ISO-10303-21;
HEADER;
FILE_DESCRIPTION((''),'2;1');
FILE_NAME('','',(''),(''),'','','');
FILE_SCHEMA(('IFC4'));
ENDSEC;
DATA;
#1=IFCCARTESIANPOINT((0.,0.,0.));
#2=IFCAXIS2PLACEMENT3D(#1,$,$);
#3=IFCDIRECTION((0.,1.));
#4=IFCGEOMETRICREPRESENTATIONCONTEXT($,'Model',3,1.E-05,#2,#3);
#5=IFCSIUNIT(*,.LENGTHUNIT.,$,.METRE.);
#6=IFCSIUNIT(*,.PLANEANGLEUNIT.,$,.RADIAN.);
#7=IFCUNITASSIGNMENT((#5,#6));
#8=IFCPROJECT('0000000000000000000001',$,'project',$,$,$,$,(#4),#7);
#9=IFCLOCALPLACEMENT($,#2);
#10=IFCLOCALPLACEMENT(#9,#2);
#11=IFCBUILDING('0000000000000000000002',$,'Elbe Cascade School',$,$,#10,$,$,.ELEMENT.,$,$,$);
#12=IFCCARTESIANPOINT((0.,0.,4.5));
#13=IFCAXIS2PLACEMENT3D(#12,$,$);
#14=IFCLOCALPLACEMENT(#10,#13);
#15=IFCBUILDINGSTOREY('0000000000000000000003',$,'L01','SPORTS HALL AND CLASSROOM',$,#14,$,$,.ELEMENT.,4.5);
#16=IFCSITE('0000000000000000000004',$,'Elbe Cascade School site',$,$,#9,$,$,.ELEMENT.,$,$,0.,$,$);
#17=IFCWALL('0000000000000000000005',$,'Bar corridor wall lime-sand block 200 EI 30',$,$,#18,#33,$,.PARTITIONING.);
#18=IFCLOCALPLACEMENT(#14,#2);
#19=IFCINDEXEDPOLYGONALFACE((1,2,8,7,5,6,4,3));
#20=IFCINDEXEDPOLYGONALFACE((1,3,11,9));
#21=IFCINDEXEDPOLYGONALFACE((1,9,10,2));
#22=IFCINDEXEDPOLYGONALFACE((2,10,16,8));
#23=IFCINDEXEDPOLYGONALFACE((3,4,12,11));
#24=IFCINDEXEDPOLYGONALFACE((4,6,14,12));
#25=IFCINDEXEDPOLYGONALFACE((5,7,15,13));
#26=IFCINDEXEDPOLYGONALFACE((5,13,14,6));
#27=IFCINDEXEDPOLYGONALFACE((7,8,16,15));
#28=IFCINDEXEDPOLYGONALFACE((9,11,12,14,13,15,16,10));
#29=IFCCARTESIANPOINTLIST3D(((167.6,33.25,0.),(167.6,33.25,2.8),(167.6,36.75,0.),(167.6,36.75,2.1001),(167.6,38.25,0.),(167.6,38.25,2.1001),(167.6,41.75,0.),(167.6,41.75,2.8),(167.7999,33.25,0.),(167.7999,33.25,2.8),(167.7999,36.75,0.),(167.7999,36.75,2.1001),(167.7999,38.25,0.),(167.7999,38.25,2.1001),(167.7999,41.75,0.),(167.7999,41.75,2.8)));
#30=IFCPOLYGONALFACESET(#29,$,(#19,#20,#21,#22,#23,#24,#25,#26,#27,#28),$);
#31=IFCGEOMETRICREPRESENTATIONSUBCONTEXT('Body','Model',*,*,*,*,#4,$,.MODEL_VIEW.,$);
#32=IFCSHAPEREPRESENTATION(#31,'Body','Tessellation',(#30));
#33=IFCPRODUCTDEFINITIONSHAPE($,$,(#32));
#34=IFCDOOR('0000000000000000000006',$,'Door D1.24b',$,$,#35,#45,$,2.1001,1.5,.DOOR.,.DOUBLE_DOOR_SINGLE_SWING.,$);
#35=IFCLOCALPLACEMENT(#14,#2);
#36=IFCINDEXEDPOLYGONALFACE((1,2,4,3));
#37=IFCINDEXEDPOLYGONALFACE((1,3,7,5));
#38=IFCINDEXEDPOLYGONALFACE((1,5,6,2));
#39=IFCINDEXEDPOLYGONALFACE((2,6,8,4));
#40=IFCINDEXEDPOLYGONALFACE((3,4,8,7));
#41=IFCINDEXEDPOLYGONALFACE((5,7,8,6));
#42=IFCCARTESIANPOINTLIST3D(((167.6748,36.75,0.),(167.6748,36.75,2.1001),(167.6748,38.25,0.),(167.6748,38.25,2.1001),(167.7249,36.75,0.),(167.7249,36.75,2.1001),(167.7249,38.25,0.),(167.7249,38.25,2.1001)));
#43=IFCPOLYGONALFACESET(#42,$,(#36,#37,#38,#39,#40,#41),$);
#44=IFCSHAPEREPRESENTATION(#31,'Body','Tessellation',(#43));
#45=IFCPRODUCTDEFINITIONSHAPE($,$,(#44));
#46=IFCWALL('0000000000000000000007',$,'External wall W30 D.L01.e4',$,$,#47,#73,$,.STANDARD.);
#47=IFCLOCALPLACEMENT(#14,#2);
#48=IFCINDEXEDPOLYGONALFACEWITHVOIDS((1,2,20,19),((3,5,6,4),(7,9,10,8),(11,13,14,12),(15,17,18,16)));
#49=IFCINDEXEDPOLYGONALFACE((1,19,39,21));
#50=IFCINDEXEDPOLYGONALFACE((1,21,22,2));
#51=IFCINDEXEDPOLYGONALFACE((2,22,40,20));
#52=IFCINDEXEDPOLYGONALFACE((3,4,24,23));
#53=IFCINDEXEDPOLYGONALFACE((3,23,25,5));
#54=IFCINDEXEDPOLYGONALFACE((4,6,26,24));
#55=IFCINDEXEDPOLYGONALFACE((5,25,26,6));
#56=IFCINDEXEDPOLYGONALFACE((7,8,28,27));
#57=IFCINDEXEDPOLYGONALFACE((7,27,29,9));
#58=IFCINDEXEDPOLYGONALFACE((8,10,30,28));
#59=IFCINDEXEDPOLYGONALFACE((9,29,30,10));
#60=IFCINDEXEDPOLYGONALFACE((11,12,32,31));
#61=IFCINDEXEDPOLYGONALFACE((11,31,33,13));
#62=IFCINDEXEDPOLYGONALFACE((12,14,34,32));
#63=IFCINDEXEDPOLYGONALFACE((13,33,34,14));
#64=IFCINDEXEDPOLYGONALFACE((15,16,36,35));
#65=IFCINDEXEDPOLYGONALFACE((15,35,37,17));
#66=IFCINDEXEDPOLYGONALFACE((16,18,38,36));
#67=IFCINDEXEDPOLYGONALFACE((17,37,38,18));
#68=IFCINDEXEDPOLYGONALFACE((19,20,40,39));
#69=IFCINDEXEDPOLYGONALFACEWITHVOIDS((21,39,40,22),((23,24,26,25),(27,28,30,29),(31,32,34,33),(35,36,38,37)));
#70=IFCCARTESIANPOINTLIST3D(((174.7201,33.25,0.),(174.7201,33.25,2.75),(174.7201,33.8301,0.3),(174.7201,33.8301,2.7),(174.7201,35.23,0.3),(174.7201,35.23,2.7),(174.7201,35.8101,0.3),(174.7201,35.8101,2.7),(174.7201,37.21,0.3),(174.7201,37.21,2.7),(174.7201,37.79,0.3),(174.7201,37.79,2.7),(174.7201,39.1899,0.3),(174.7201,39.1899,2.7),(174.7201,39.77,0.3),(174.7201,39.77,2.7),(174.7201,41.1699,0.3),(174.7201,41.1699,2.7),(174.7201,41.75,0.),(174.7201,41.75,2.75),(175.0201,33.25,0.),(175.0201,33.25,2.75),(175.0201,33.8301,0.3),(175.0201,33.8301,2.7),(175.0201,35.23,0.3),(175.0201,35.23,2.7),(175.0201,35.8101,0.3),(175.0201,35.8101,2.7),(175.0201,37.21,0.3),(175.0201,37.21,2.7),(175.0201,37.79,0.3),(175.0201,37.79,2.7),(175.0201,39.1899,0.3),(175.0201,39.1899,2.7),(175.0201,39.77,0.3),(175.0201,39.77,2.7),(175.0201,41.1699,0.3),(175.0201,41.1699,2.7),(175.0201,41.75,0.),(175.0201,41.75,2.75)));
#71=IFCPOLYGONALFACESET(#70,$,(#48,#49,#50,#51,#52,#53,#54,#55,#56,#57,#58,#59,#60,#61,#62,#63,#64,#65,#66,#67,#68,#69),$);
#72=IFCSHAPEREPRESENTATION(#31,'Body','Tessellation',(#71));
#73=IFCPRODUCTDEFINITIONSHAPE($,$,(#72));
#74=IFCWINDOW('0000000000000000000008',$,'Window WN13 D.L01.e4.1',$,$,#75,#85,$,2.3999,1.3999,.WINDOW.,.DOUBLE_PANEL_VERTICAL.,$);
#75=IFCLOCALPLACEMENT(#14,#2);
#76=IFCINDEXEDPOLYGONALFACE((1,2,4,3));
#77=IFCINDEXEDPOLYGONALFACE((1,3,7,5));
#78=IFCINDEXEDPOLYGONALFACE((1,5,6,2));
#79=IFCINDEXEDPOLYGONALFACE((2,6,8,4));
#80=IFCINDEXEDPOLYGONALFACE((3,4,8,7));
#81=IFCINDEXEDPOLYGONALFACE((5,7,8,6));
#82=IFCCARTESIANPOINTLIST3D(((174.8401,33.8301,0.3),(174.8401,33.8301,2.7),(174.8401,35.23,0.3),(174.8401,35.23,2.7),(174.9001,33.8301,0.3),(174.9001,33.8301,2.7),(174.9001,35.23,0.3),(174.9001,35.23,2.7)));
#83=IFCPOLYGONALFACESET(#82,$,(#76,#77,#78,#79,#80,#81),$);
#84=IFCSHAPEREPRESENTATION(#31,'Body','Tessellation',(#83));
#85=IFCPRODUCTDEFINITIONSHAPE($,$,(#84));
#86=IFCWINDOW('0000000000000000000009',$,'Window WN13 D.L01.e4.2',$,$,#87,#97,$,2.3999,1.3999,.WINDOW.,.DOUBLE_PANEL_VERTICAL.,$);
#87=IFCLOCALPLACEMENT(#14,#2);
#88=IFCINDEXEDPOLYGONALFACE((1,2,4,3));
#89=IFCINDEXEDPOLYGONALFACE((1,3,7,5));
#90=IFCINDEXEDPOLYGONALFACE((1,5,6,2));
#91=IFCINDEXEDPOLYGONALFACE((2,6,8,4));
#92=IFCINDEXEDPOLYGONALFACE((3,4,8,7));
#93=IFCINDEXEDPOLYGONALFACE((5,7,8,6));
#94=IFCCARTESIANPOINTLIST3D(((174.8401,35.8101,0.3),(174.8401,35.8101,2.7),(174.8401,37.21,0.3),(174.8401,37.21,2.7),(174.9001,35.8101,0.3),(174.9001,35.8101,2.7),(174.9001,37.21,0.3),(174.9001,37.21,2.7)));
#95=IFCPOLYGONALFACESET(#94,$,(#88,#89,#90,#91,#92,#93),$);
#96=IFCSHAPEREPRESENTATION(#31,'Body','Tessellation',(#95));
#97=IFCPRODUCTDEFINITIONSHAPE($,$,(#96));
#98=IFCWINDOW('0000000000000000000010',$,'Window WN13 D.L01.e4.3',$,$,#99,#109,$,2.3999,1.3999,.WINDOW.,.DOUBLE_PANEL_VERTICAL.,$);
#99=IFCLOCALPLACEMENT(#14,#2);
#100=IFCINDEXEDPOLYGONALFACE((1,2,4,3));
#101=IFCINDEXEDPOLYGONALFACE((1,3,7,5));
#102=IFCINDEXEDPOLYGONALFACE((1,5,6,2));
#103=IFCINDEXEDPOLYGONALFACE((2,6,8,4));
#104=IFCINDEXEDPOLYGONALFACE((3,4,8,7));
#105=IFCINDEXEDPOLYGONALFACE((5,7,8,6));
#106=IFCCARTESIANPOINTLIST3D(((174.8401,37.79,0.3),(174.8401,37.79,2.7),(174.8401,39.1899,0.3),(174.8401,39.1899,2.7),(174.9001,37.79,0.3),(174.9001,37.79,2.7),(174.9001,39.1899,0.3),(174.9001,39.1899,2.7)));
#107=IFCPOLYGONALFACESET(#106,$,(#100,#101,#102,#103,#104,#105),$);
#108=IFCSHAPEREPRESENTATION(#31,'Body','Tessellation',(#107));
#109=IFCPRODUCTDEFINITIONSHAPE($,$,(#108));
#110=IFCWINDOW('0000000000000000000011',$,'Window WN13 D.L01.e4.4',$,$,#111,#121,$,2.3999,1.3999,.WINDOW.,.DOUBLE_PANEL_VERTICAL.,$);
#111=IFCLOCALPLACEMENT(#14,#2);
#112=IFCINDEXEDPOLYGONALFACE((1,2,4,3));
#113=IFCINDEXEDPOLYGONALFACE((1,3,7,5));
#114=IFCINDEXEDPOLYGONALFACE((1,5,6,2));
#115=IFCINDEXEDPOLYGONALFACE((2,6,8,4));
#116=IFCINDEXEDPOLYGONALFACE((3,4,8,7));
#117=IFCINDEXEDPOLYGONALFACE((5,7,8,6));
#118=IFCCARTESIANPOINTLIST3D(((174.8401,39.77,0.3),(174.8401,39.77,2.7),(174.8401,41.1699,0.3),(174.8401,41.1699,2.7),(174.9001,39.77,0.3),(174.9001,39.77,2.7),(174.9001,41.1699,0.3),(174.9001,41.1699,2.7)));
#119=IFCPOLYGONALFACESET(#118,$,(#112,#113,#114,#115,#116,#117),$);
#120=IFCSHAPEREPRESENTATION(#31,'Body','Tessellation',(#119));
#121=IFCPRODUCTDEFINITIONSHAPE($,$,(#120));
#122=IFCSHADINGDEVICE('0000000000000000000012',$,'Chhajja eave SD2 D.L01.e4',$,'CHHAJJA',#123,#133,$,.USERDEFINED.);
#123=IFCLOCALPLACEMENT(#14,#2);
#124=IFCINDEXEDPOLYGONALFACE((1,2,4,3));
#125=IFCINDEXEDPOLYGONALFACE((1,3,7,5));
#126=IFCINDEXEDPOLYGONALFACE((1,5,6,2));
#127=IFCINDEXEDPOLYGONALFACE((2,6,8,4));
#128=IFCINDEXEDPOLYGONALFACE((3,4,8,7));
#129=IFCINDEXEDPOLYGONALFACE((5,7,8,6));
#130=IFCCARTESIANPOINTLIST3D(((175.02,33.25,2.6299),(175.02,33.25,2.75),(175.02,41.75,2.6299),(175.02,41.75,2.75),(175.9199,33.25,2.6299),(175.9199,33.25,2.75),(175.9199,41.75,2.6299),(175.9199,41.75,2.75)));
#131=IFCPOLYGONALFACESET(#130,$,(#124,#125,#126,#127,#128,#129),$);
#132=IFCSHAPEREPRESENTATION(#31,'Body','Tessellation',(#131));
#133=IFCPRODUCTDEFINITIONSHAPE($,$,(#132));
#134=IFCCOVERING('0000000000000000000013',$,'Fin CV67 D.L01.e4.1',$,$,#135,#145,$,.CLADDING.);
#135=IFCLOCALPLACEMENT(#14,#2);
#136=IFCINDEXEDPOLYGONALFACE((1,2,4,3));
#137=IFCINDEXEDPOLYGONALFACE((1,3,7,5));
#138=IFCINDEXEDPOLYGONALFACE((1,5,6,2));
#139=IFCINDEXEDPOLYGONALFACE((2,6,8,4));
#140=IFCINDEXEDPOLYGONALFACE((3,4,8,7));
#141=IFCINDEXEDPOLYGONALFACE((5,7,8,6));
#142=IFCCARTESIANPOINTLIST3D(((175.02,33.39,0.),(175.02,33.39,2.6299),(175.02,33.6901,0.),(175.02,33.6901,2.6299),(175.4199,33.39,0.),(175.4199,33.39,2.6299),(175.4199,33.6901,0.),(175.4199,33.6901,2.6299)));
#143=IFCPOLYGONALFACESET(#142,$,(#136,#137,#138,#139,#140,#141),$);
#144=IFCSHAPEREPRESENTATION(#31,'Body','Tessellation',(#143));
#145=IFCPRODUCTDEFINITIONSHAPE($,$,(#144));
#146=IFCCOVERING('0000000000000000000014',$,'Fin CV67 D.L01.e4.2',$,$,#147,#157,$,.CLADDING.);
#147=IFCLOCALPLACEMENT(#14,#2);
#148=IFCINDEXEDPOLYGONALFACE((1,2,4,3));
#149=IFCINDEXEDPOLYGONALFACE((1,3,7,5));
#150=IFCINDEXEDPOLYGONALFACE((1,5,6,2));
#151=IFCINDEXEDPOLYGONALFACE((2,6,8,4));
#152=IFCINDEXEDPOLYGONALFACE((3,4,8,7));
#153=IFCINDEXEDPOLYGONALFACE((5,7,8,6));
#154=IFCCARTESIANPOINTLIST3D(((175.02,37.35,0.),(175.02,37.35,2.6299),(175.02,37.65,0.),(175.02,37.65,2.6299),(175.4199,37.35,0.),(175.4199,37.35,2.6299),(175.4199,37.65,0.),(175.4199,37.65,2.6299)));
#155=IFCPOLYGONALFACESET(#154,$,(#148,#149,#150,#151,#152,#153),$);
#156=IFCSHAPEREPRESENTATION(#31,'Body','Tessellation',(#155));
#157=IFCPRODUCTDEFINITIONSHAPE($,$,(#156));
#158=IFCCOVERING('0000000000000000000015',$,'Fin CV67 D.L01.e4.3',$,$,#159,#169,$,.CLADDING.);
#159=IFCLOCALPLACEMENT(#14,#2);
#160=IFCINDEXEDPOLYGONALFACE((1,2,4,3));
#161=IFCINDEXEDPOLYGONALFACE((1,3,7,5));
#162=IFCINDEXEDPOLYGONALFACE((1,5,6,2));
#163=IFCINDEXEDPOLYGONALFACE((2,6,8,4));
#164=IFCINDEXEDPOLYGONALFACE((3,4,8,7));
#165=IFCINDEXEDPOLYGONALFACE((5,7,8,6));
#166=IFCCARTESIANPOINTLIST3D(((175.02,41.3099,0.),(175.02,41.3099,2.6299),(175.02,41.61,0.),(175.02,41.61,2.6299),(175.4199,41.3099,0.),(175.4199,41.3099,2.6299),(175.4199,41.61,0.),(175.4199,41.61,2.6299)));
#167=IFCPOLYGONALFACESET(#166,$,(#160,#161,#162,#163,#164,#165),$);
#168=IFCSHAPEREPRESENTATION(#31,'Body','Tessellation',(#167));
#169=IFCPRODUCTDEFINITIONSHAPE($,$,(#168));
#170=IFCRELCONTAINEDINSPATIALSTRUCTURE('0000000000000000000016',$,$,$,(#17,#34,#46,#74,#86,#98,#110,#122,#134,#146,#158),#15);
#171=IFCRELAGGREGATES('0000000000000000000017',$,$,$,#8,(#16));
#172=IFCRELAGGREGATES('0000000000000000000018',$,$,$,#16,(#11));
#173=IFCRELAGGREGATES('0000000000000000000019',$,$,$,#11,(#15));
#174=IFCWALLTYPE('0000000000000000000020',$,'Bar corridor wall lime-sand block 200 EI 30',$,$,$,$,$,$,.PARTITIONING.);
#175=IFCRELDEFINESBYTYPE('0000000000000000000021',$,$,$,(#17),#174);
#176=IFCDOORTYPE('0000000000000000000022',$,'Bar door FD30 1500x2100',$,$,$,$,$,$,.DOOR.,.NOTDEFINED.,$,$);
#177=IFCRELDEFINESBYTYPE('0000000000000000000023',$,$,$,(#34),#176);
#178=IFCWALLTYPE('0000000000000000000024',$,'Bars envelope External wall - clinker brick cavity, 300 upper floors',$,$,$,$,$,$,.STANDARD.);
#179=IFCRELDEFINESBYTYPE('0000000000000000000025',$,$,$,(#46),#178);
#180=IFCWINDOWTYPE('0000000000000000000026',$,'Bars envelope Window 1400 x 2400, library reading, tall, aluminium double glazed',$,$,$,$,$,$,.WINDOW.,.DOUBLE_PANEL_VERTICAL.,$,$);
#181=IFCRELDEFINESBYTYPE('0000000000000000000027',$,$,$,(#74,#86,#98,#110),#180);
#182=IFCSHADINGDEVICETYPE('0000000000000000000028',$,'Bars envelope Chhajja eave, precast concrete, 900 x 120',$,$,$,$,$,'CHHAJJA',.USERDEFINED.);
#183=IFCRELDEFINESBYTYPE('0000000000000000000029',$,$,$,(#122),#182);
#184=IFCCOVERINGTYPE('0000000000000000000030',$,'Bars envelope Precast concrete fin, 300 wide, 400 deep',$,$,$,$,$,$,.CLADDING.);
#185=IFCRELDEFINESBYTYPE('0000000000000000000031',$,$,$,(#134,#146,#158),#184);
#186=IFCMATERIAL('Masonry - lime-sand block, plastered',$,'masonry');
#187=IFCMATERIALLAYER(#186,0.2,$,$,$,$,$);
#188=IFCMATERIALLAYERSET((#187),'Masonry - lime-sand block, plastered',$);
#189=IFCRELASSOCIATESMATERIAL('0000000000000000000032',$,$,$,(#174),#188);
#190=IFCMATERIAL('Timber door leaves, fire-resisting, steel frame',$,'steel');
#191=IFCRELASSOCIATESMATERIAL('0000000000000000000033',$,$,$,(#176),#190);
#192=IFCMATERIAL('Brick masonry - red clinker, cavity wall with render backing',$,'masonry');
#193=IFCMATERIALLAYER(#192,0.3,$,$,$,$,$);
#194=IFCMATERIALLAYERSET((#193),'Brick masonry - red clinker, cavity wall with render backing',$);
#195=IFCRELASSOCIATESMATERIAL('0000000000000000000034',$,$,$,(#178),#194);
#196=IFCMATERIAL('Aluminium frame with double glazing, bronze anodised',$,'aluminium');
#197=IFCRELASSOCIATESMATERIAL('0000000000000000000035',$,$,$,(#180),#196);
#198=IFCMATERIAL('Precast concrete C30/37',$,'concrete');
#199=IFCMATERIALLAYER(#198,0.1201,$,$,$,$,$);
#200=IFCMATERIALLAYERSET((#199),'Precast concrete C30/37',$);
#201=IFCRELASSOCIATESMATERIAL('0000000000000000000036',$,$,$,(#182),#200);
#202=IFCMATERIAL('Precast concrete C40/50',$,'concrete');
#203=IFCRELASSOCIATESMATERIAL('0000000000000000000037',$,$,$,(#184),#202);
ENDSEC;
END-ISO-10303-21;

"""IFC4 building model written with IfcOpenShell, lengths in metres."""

from ifc_helpers import new_model, si_unit, direction, frame, frame_2d, origin, origin_2d, place, context, subcontext, project, spatial, rectangle, extrude, material, layer, layer_set, type_object, element, fill, save


model = new_model("IFC4")

# Units and contexts
model_context = context("Model", 3, precision=1e-05, world=origin(), true_north=direction((0.0, 1.0)))
body_context = subcontext(model_context, "Body", "Model", "MODEL_VIEW")
ifc_project = project(units=[si_unit("LENGTHUNIT", "METRE"), si_unit("PLANEANGLEUNIT", "RADIAN")], contexts=[model_context])

# Site, building, storey
site_placement = place(None, origin())
site = spatial("IfcSite", under=ifc_project, at=site_placement, Name="Elbe Cascade School site", CompositionType="ELEMENT", RefElevation=0.0)
building_placement = place(site_placement, origin())
building = spatial("IfcBuilding", under=site, at=building_placement, Name="Elbe Cascade School", CompositionType="ELEMENT")
storey_placement = place(building_placement, frame((0.0, 0.0, 4.5)))
storey = spatial("IfcBuildingStorey", under=building, at=storey_placement, Name="L01", Description="SPORTS HALL AND CLASSROOM", CompositionType="ELEMENT", Elevation=4.5)

# Wall, opening, door
ifc_material_1 = material(Name="Masonry - lime-sand block, plastered", Category="masonry")
ifc_layer_1 = layer(ifc_material_1, 0.2)
ifc_layer_set_1 = layer_set([ifc_layer_1], Name="Masonry - lime-sand block, plastered")
wall_type_1 = type_object("IfcWallType", Name="Bar corridor wall lime-sand block 200 EI 30", PredefinedType="PARTITIONING", material=ifc_layer_set_1)
wall_1_placement = place(storey_placement, frame((167.7, 41.75, 0.0), z_axis=(0.0, 0.0, 1.0), x_axis=(0.0, -1.0, 0.0)))
wall_1 = element("IfcWall", 1, at=wall_1_placement, inside=storey, type_object=wall_type_1, Name="Bar corridor wall lime-sand block 200 EI 30", PredefinedType="PARTITIONING", context=body_context, shape_type="SweptSolid", body=[
    extrude(rectangle(XDim=8.5, YDim=0.2, at=frame_2d((4.25, 0.0))), origin(), (0.0, 0.0, 1.0), 2.8),
])
opening_1_placement = place(wall_1_placement, frame((3.5, 0.0, 0.0)))
opening_1 = element("IfcOpeningElement", 2, at=opening_1_placement, cuts=wall_1, PredefinedType="OPENING", context=body_context, shape_type="SweptSolid", body=[
    extrude(rectangle(XDim=1.5, YDim=2.1001, at=frame_2d((0.75, 1.05))), frame((0.0, 0.1099, 0.0), z_axis=(0.0, -1.0, 0.0), x_axis=(1.0, 0.0, 0.0)), (0.0, 0.0, 1.0), 0.22),
])
ifc_material_2 = material(Name="Timber door leaves, fire-resisting, steel frame", Category="steel")
door_type_1 = type_object("IfcDoorType", Name="Bar door FD30 1500x2100", OperationType="NOTDEFINED", PredefinedType="DOOR", material=ifc_material_2)
door_1_placement = place(opening_1_placement, origin())
door_1 = element("IfcDoor", 3, at=door_1_placement, inside=storey, type_object=door_type_1, Name="Door D1.24b", OperationType="DOUBLE_DOOR_SINGLE_SWING", OverallHeight=2.1001, OverallWidth=1.5, PredefinedType="DOOR", context=body_context, shape_type="SweptSolid", body=[
    extrude(rectangle(XDim=1.5, YDim=2.1001, at=frame_2d((0.75, 1.05))), frame((0.0, 0.0249, 0.0), z_axis=(0.0, -1.0, 0.0), x_axis=(1.0, 0.0, 0.0)), (0.0, 0.0, 1.0), 0.05),
])
fill(opening_1, door_1)

# Wall, openings, windows
ifc_material_3 = material(Name="Brick masonry - red clinker, cavity wall with render backing", Category="masonry")
ifc_layer_2 = layer(ifc_material_3, 0.3)
ifc_layer_set_2 = layer_set([ifc_layer_2], Name="Brick masonry - red clinker, cavity wall with render backing")
wall_type_2 = type_object("IfcWallType", Name="Bars envelope External wall - clinker brick cavity, 300 upper floors", PredefinedType="STANDARD", material=ifc_layer_set_2)
wall_2_placement = place(storey_placement, frame((174.8701, 41.75, 0.0), z_axis=(0.0, 0.0, 1.0), x_axis=(0.0, -1.0, 0.0)))
wall_2 = element("IfcWall", 4, at=wall_2_placement, inside=storey, type_object=wall_type_2, Name="External wall W30 D.L01.e4", PredefinedType="STANDARD", context=body_context, shape_type="SweptSolid", body=[
    extrude(rectangle(XDim=8.5, YDim=0.3, at=frame_2d((4.25, 0.0))), origin(), (0.0, 0.0, 1.0), 2.75),
])
opening_2_placement = place(wall_2_placement, frame((6.52, 0.0, 0.3)))
opening_2 = element("IfcOpeningElement", 5, at=opening_2_placement, cuts=wall_2, PredefinedType="OPENING", context=body_context, shape_type="SweptSolid", body=[
    extrude(rectangle(XDim=1.3999, YDim=2.3999, at=frame_2d((0.7, 1.2))), frame((0.0, 0.1599, 0.0), z_axis=(0.0, -1.0, 0.0), x_axis=(1.0, 0.0, 0.0)), (0.0, 0.0, 1.0), 0.3201),
])
opening_3_placement = place(wall_2_placement, frame((4.54, 0.0, 0.3)))
opening_3 = element("IfcOpeningElement", 6, at=opening_3_placement, cuts=wall_2, PredefinedType="OPENING", context=body_context, shape_type="SweptSolid", body=[
    extrude(rectangle(XDim=1.3999, YDim=2.3999, at=frame_2d((0.7, 1.2))), frame((0.0, 0.1599, 0.0), z_axis=(0.0, -1.0, 0.0), x_axis=(1.0, 0.0, 0.0)), (0.0, 0.0, 1.0), 0.3201),
])
opening_4_placement = place(wall_2_placement, frame((2.5601, 0.0, 0.3)))
opening_4 = element("IfcOpeningElement", 7, at=opening_4_placement, cuts=wall_2, PredefinedType="OPENING", context=body_context, shape_type="SweptSolid", body=[
    extrude(rectangle(XDim=1.3999, YDim=2.3999, at=frame_2d((0.7, 1.2))), frame((0.0, 0.1599, 0.0), z_axis=(0.0, -1.0, 0.0), x_axis=(1.0, 0.0, 0.0)), (0.0, 0.0, 1.0), 0.3201),
])
opening_5_placement = place(wall_2_placement, frame((0.5801, 0.0, 0.3)))
opening_5 = element("IfcOpeningElement", 8, at=opening_5_placement, cuts=wall_2, PredefinedType="OPENING", context=body_context, shape_type="SweptSolid", body=[
    extrude(rectangle(XDim=1.3999, YDim=2.3999, at=frame_2d((0.7, 1.2))), frame((0.0, 0.1599, 0.0), z_axis=(0.0, -1.0, 0.0), x_axis=(1.0, 0.0, 0.0)), (0.0, 0.0, 1.0), 0.3201),
])
ifc_material_4 = material(Name="Aluminium frame with double glazing, bronze anodised", Category="aluminium")
window_type = type_object("IfcWindowType", Name="Bars envelope Window 1400 x 2400, library reading, tall, aluminium double glazed", PartitioningType="DOUBLE_PANEL_VERTICAL", PredefinedType="WINDOW", material=ifc_material_4)
window_1_placement = place(opening_2_placement, origin())
window_1 = element("IfcWindow", 9, at=window_1_placement, inside=storey, type_object=window_type, Name="Window WN13 D.L01.e4.1", OverallHeight=2.3999, OverallWidth=1.3999, PartitioningType="DOUBLE_PANEL_VERTICAL", PredefinedType="WINDOW", context=body_context, shape_type="SweptSolid", body=[
    extrude(rectangle(XDim=1.3999, YDim=2.3999, at=frame_2d((0.7, 1.2))), frame((0.0, 0.03, 0.0), z_axis=(0.0, -1.0, 0.0), x_axis=(1.0, 0.0, 0.0)), (0.0, 0.0, 1.0), 0.0601),
])
fill(opening_2, window_1)
window_2_placement = place(opening_3_placement, origin())
window_2 = element("IfcWindow", 10, at=window_2_placement, inside=storey, type_object=window_type, Name="Window WN13 D.L01.e4.2", OverallHeight=2.3999, OverallWidth=1.3999, PartitioningType="DOUBLE_PANEL_VERTICAL", PredefinedType="WINDOW", context=body_context, shape_type="SweptSolid", body=[
    extrude(rectangle(XDim=1.3999, YDim=2.3999, at=frame_2d((0.7, 1.2))), frame((0.0, 0.03, 0.0), z_axis=(0.0, -1.0, 0.0), x_axis=(1.0, 0.0, 0.0)), (0.0, 0.0, 1.0), 0.0601),
])
fill(opening_3, window_2)
window_3_placement = place(opening_4_placement, origin())
window_3 = element("IfcWindow", 11, at=window_3_placement, inside=storey, type_object=window_type, Name="Window WN13 D.L01.e4.3", OverallHeight=2.3999, OverallWidth=1.3999, PartitioningType="DOUBLE_PANEL_VERTICAL", PredefinedType="WINDOW", context=body_context, shape_type="SweptSolid", body=[
    extrude(rectangle(XDim=1.3999, YDim=2.3999, at=frame_2d((0.7, 1.2))), frame((0.0, 0.03, 0.0), z_axis=(0.0, -1.0, 0.0), x_axis=(1.0, 0.0, 0.0)), (0.0, 0.0, 1.0), 0.0601),
])
fill(opening_4, window_3)
window_4_placement = place(opening_5_placement, origin())
window_4 = element("IfcWindow", 12, at=window_4_placement, inside=storey, type_object=window_type, Name="Window WN13 D.L01.e4.4", OverallHeight=2.3999, OverallWidth=1.3999, PartitioningType="DOUBLE_PANEL_VERTICAL", PredefinedType="WINDOW", context=body_context, shape_type="SweptSolid", body=[
    extrude(rectangle(XDim=1.3999, YDim=2.3999, at=frame_2d((0.7, 1.2))), frame((0.0, 0.03, 0.0), z_axis=(0.0, -1.0, 0.0), x_axis=(1.0, 0.0, 0.0)), (0.0, 0.0, 1.0), 0.0601),
])
fill(opening_5, window_4)

# Shading device
ifc_material_5 = material(Name="Precast concrete C30/37", Category="concrete")
ifc_layer_3 = layer(ifc_material_5, 0.1201)
ifc_layer_set_3 = layer_set([ifc_layer_3], Name="Precast concrete C30/37")
shading_device_type = type_object("IfcShadingDeviceType", Name="Bars envelope Chhajja eave, precast concrete, 900 x 120", ElementType="CHHAJJA", PredefinedType="USERDEFINED", material=ifc_layer_set_3)
shading_device_placement = place(storey_placement, frame((175.47, 37.5, 2.6299), z_axis=(0.0, 0.0, 1.0), x_axis=(0.0, 1.0, 0.0)))
element("IfcShadingDevice", 13, at=shading_device_placement, inside=storey, type_object=shading_device_type, Name="Chhajja eave SD2 D.L01.e4", ObjectType="CHHAJJA", PredefinedType="USERDEFINED", context=body_context, shape_type="SweptSolid", body=[
    extrude(rectangle(XDim=8.5, YDim=0.8999, at=origin_2d()), origin(), (0.0, 0.0, 1.0), 0.1201),
])

# Coverings
ifc_material_6 = material(Name="Precast concrete C40/50", Category="concrete")
covering_type_1 = type_object("IfcCoveringType", Name="Bars envelope Precast concrete fin, 300 wide, 400 deep", PredefinedType="CLADDING", material=ifc_material_6)
for number, where, z_axis, x_axis, name in (
    (14, (175.22, 33.54, 0.0), (0.0, 0.0, 1.0), (0.0, 1.0, 0.0), "Fin CV67 D.L01.e4.1"),
    (15, (175.22, 37.5, 0.0), (0.0, 0.0, 1.0), (0.0, 1.0, 0.0), "Fin CV67 D.L01.e4.2"),
    (16, (175.22, 41.46, 0.0), (0.0, 0.0, 1.0), (0.0, 1.0, 0.0), "Fin CV67 D.L01.e4.3"),
):
    element("IfcCovering", number, at=place(storey_placement, frame(where, z_axis=z_axis, x_axis=x_axis)), inside=storey, type_object=covering_type_1, Name=name, PredefinedType="CLADDING", context=body_context, shape_type="SweptSolid", body=[
        extrude(rectangle(XDim=0.3, YDim=0.3999, at=origin_2d()), origin(), (0.0, 0.0, 1.0), 2.6299),
    ])

save(model, "model.ifc")
